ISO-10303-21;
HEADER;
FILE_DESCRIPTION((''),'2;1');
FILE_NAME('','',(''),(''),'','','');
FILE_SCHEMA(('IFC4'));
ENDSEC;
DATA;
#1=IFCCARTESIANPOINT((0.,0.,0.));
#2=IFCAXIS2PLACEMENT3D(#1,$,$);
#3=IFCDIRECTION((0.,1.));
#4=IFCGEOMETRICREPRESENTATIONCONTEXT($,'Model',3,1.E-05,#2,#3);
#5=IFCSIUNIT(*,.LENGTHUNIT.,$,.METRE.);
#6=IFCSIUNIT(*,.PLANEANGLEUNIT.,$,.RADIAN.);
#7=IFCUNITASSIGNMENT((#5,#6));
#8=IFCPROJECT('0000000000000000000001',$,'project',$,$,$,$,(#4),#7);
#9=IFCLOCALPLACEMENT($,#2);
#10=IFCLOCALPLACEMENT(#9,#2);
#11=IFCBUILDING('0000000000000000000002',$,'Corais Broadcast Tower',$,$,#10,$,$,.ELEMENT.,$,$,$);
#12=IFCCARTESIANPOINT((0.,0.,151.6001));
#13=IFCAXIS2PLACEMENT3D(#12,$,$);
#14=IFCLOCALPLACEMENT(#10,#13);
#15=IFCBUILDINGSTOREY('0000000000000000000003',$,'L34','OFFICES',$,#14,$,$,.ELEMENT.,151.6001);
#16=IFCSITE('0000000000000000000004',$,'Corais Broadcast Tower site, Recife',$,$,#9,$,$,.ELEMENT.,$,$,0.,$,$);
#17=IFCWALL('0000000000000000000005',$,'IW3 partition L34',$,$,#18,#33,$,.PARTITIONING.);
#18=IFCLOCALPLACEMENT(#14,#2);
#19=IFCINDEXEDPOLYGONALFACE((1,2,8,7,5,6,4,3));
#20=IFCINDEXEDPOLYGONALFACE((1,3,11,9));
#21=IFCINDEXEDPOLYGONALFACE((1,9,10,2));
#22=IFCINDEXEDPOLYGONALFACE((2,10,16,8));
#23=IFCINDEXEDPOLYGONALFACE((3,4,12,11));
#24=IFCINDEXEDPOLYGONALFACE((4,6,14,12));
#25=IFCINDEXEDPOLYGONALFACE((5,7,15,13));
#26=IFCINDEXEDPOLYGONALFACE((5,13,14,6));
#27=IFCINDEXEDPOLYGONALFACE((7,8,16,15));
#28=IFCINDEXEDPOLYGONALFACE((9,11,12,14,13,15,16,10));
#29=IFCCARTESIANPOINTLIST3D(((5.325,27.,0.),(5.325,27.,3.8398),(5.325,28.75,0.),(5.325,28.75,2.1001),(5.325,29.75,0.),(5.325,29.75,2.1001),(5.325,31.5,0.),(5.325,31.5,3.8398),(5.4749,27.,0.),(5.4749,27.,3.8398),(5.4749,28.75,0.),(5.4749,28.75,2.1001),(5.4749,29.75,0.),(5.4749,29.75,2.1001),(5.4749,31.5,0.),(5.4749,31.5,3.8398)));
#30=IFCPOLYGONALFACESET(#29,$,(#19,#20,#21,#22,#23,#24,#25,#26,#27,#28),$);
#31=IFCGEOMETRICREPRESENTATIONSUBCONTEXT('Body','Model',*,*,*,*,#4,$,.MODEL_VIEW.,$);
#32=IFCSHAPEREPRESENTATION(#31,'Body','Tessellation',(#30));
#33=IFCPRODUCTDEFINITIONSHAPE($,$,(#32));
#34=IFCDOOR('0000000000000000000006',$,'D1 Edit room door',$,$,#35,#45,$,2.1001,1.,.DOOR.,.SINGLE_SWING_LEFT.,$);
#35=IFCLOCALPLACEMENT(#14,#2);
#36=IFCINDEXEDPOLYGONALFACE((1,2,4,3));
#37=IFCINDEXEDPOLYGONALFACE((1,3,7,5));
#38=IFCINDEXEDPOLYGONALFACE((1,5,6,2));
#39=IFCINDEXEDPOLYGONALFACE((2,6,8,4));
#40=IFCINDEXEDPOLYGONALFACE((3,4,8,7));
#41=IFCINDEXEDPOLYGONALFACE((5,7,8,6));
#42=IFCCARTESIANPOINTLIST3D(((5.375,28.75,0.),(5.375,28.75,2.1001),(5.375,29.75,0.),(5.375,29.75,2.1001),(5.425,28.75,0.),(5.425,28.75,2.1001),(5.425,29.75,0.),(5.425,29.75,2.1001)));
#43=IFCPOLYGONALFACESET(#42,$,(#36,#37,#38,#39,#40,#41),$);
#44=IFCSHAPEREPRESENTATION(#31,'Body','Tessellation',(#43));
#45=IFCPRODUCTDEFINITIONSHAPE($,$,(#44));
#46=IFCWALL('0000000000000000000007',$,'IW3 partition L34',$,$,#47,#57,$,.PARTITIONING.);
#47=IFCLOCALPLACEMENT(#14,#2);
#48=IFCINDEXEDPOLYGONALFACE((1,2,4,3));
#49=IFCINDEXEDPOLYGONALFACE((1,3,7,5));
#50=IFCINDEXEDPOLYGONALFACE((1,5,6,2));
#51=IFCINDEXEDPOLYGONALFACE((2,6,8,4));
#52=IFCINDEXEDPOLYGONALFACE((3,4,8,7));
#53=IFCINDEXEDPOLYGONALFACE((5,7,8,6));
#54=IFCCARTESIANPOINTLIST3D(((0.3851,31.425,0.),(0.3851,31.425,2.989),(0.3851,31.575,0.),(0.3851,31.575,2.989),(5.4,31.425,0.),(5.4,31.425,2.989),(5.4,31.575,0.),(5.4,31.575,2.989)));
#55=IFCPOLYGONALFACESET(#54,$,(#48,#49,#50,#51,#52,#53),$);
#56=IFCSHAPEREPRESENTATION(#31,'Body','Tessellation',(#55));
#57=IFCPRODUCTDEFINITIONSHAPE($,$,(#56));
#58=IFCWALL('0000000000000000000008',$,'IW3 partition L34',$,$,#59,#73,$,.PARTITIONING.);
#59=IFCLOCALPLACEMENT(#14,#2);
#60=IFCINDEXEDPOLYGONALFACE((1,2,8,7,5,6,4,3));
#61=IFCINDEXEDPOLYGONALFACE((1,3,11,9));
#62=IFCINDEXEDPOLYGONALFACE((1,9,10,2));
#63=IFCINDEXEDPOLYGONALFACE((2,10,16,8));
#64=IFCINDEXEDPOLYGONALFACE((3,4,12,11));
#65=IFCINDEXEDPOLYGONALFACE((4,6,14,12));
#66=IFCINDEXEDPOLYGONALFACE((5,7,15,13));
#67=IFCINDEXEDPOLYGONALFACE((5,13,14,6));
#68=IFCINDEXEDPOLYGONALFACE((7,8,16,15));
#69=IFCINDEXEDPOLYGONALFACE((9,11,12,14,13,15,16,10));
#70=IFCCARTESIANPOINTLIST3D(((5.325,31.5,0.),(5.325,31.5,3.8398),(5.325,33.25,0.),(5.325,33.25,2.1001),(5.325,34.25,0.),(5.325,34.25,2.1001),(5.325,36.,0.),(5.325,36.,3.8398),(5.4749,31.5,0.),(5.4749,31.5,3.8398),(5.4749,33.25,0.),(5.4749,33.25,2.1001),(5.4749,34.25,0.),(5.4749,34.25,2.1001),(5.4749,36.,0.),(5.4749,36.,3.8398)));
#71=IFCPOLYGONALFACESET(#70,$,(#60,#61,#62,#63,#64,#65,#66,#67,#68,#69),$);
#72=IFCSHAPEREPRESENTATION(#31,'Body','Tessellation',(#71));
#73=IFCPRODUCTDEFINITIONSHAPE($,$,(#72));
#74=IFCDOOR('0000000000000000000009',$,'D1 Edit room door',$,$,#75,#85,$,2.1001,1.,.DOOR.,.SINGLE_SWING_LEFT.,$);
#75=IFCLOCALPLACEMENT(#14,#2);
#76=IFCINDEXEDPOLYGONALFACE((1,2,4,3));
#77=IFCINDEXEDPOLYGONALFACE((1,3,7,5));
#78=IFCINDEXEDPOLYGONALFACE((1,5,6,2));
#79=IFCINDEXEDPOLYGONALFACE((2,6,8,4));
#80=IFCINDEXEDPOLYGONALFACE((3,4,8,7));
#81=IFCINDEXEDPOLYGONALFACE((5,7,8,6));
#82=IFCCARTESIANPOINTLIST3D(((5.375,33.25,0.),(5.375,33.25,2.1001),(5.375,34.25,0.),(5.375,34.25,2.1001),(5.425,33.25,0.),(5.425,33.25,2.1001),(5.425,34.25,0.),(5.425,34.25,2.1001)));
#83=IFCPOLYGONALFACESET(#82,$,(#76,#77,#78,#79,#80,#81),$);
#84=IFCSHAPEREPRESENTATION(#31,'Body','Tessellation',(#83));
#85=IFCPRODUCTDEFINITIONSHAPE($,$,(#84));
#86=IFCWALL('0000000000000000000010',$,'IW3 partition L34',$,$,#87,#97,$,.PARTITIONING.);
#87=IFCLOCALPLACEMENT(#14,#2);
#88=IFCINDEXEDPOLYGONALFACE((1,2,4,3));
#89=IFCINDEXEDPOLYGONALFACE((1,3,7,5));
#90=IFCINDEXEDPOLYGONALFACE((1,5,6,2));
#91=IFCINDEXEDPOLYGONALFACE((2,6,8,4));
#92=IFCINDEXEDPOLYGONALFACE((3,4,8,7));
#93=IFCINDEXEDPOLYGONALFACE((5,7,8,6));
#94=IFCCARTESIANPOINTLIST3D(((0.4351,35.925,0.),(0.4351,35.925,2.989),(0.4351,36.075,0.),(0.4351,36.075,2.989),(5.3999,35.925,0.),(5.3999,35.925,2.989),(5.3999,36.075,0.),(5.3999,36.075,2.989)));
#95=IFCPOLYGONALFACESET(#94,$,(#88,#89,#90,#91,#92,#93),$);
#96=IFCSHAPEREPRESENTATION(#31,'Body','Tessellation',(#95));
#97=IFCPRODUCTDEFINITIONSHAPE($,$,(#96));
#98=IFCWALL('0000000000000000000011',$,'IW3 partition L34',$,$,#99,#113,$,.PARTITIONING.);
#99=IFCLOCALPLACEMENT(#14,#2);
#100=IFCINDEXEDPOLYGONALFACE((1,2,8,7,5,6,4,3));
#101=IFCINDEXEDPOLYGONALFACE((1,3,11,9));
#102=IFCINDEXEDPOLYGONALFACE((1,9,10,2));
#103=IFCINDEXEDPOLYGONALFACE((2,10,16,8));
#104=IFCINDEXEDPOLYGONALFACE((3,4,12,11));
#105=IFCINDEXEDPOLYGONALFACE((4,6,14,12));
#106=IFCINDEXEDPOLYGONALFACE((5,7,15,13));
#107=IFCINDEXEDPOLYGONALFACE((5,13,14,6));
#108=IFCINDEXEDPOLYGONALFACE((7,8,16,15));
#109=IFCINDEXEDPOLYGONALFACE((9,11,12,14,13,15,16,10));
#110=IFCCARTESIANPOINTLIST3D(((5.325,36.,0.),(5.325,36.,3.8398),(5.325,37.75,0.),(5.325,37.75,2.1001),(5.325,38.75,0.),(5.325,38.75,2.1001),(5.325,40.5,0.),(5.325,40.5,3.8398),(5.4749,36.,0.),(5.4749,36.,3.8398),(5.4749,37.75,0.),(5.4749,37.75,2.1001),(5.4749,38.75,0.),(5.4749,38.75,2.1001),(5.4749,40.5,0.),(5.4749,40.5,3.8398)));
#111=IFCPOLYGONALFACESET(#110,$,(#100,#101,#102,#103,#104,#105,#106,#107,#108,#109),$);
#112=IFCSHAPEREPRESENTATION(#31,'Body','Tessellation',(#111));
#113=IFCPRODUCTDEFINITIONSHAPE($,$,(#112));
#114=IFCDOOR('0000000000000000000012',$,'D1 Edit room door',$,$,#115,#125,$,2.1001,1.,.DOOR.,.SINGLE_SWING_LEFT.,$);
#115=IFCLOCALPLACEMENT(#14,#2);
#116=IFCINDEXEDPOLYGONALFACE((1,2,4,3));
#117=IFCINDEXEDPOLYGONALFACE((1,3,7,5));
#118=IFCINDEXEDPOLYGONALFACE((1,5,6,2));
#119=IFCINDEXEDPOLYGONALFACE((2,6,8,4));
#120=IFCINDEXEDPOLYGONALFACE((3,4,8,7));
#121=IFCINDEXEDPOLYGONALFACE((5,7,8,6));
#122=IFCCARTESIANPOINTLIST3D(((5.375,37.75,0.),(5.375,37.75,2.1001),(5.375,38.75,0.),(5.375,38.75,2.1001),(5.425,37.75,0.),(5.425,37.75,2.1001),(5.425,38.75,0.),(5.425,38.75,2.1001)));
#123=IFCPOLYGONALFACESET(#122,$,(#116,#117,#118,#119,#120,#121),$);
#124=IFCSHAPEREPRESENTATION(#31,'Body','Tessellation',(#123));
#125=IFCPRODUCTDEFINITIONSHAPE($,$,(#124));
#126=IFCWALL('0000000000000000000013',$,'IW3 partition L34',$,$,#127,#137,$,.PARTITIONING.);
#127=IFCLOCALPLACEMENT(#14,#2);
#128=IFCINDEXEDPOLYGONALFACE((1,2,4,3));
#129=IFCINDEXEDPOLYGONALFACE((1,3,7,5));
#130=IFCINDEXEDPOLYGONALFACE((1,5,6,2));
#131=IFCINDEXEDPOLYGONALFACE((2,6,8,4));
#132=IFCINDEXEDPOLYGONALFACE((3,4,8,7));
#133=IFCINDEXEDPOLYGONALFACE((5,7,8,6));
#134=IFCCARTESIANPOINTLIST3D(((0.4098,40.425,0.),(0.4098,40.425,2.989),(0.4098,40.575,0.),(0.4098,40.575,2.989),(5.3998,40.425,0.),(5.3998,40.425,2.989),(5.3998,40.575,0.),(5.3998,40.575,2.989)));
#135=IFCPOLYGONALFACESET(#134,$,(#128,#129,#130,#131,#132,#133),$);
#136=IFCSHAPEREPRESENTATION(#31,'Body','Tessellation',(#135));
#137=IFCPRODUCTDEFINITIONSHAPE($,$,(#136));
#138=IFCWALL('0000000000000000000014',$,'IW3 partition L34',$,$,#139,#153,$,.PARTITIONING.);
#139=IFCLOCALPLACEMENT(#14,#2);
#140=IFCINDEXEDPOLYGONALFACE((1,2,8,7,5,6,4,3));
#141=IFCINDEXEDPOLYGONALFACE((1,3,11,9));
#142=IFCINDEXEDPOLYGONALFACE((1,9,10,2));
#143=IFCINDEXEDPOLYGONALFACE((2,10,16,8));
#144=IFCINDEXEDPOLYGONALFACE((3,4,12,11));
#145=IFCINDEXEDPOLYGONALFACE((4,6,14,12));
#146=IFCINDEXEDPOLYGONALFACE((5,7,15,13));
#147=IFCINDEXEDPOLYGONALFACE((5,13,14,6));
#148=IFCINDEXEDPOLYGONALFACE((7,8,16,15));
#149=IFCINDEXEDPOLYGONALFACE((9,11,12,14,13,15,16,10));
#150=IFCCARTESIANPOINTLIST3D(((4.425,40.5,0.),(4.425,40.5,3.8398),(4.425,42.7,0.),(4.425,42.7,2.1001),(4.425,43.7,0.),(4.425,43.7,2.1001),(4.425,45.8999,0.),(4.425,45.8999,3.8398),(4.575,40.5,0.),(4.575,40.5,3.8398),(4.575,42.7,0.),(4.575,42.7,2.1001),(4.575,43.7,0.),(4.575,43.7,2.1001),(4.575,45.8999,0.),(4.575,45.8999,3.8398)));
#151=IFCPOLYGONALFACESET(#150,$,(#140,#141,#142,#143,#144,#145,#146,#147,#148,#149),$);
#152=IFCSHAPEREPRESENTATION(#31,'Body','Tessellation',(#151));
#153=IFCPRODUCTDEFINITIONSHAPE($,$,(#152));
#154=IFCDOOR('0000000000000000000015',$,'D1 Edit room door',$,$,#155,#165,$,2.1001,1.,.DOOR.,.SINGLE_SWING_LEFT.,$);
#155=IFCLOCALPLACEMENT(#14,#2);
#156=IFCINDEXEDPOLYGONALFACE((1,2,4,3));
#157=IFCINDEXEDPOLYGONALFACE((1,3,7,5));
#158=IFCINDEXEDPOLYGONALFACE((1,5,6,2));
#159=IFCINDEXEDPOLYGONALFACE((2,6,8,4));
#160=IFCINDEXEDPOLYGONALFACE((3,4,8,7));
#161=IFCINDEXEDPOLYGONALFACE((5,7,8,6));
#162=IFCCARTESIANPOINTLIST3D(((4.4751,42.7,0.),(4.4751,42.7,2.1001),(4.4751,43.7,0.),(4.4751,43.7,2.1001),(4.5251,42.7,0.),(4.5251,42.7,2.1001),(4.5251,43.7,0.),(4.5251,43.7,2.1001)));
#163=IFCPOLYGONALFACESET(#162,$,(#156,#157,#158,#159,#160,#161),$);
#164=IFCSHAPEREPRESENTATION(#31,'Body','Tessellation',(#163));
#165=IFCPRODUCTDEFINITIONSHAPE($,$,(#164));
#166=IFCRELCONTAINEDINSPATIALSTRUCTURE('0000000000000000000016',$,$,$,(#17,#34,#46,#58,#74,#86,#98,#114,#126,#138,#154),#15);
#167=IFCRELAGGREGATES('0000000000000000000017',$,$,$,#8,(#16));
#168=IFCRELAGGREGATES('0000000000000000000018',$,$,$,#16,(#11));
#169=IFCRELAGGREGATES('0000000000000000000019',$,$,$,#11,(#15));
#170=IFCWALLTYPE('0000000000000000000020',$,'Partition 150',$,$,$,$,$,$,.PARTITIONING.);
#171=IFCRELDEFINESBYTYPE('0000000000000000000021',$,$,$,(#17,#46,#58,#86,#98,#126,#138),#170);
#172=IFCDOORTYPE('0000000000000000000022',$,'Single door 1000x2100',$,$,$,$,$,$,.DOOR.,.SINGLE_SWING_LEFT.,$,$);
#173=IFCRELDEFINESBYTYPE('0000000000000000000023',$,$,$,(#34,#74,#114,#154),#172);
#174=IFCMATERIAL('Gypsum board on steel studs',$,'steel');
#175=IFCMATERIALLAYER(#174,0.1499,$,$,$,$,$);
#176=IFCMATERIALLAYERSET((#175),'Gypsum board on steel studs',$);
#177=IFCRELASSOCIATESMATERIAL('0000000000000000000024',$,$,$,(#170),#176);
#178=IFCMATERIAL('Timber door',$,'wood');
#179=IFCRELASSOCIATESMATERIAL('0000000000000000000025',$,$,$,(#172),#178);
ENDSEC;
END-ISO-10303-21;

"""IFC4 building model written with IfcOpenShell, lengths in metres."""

from ifc_helpers import new_model, si_unit, direction, frame, frame_2d, origin, place, context, subcontext, project, spatial, rectangle, extrude, material, layer, layer_set, type_object, element, fill, save


model = new_model("IFC4")

# Units and contexts
model_context = context("Model", 3, precision=1e-05, world=origin(), true_north=direction((0.0, 1.0)))
body_context = subcontext(model_context, "Body", "Model", "MODEL_VIEW")
ifc_project = project(units=[si_unit("LENGTHUNIT", "METRE"), si_unit("PLANEANGLEUNIT", "RADIAN")], contexts=[model_context])

# Site, building, storey
site_placement = place(None, origin())
site = spatial("IfcSite", under=ifc_project, at=site_placement, Name="Corais Broadcast Tower site, Recife", CompositionType="ELEMENT", RefElevation=0.0)
building_placement = place(site_placement, origin())
building = spatial("IfcBuilding", under=site, at=building_placement, Name="Corais Broadcast Tower", CompositionType="ELEMENT")
storey_placement = place(building_placement, frame((0.0, 0.0, 151.6001)))
storey = spatial("IfcBuildingStorey", under=building, at=storey_placement, Name="L34", Description="OFFICES", CompositionType="ELEMENT", Elevation=151.6001)

# Shared definitions
ifc_material_1 = material(Name="Gypsum board on steel studs", Category="steel")
ifc_layer_1 = layer(ifc_material_1, 0.1499)
ifc_layer_set_1 = layer_set([ifc_layer_1], Name="Gypsum board on steel studs")
wall_type_1 = type_object("IfcWallType", Name="Partition 150", PredefinedType="PARTITIONING", material=ifc_layer_set_1)
ifc_material_2 = material(Name="Timber door", Category="wood")
door_type_1 = type_object("IfcDoorType", Name="Single door 1000x2100", OperationType="SINGLE_SWING_LEFT", PredefinedType="DOOR", material=ifc_material_2)

# Wall, opening, door
wall_1_placement = place(storey_placement, frame((5.3999, 27.0, 0.0), z_axis=(0.0, 0.0, 1.0), x_axis=(0.0, 1.0, 0.0)))
wall_1 = element("IfcWall", 1, at=wall_1_placement, inside=storey, type_object=wall_type_1, Name="IW3 partition L34", PredefinedType="PARTITIONING", context=body_context, shape_type="SweptSolid", body=[
    extrude(rectangle(XDim=4.5, YDim=0.1499, at=frame_2d((2.25, 0.0))), origin(), (0.0, 0.0, 1.0), 3.8398),
])
opening_1_placement = place(wall_1_placement, frame((1.75, 0.0, 0.0)))
opening_1 = element("IfcOpeningElement", 2, at=opening_1_placement, cuts=wall_1, PredefinedType="OPENING", context=body_context, shape_type="SweptSolid", body=[
    extrude(rectangle(XDim=1.0, YDim=2.1001, at=frame_2d((0.5, 1.05))), frame((0.0, 0.085, 0.0), z_axis=(0.0, -1.0, 0.0), x_axis=(1.0, 0.0, 0.0)), (0.0, 0.0, 1.0), 0.1699),
])
door_1_placement = place(opening_1_placement, origin())
door_1 = element("IfcDoor", 3, at=door_1_placement, inside=storey, type_object=door_type_1, Name="D1 Edit room door", OperationType="SINGLE_SWING_LEFT", OverallHeight=2.1001, OverallWidth=1.0, PredefinedType="DOOR", context=body_context, shape_type="SweptSolid", body=[
    extrude(rectangle(XDim=1.0, YDim=2.1001, at=frame_2d((0.5, 1.05))), frame((0.0, 0.0249, 0.0), z_axis=(0.0, -1.0, 0.0), x_axis=(1.0, 0.0, 0.0)), (0.0, 0.0, 1.0), 0.05),
])
fill(opening_1, door_1)

# Wall
wall_2_placement = place(storey_placement, frame((5.3999, 31.5, 0.0), z_axis=(0.0, 0.0, 1.0), x_axis=(-1.0, 0.0, 0.0)))
element("IfcWall", 4, at=wall_2_placement, inside=storey, type_object=wall_type_1, Name="IW3 partition L34", PredefinedType="PARTITIONING", context=body_context, shape_type="SweptSolid", body=[
    extrude(rectangle(XDim=5.0149, YDim=0.1499, at=frame_2d((2.5073, 0.0))), origin(), (0.0, 0.0, 1.0), 2.989),
])

# Wall, opening, door
wall_3_placement = place(storey_placement, frame((5.3999, 31.5, 0.0), z_axis=(0.0, 0.0, 1.0), x_axis=(0.0, 1.0, 0.0)))
wall_3 = element("IfcWall", 5, at=wall_3_placement, inside=storey, type_object=wall_type_1, Name="IW3 partition L34", PredefinedType="PARTITIONING", context=body_context, shape_type="SweptSolid", body=[
    extrude(rectangle(XDim=4.5, YDim=0.1499, at=frame_2d((2.25, 0.0))), origin(), (0.0, 0.0, 1.0), 3.8398),
])
opening_2_placement = place(wall_3_placement, frame((1.75, 0.0, 0.0)))
opening_2 = element("IfcOpeningElement", 6, at=opening_2_placement, cuts=wall_3, PredefinedType="OPENING", context=body_context, shape_type="SweptSolid", body=[
    extrude(rectangle(XDim=1.0, YDim=2.1001, at=frame_2d((0.5, 1.05))), frame((0.0, 0.085, 0.0), z_axis=(0.0, -1.0, 0.0), x_axis=(1.0, 0.0, 0.0)), (0.0, 0.0, 1.0), 0.1699),
])
door_2_placement = place(opening_2_placement, origin())
door_2 = element("IfcDoor", 7, at=door_2_placement, inside=storey, type_object=door_type_1, Name="D1 Edit room door", OperationType="SINGLE_SWING_LEFT", OverallHeight=2.1001, OverallWidth=1.0, PredefinedType="DOOR", context=body_context, shape_type="SweptSolid", body=[
    extrude(rectangle(XDim=1.0, YDim=2.1001, at=frame_2d((0.5, 1.05))), frame((0.0, 0.0249, 0.0), z_axis=(0.0, -1.0, 0.0), x_axis=(1.0, 0.0, 0.0)), (0.0, 0.0, 1.0), 0.05),
])
fill(opening_2, door_2)

# Wall
wall_4_placement = place(storey_placement, frame((5.3999, 36.0, 0.0), z_axis=(0.0, 0.0, 1.0), x_axis=(-1.0, 0.0, 0.0)))
element("IfcWall", 8, at=wall_4_placement, inside=storey, type_object=wall_type_1, Name="IW3 partition L34", PredefinedType="PARTITIONING", context=body_context, shape_type="SweptSolid", body=[
    extrude(rectangle(XDim=4.9648, YDim=0.1499, at=frame_2d((2.4824, 0.0))), origin(), (0.0, 0.0, 1.0), 2.989),
])

# Wall, opening, door
wall_5_placement = place(storey_placement, frame((5.3999, 36.0, 0.0), z_axis=(0.0, 0.0, 1.0), x_axis=(0.0, 1.0, 0.0)))
wall_5 = element("IfcWall", 9, at=wall_5_placement, inside=storey, type_object=wall_type_1, Name="IW3 partition L34", PredefinedType="PARTITIONING", context=body_context, shape_type="SweptSolid", body=[
    extrude(rectangle(XDim=4.5, YDim=0.1499, at=frame_2d((2.25, 0.0))), origin(), (0.0, 0.0, 1.0), 3.8398),
])
opening_3_placement = place(wall_5_placement, frame((1.75, 0.0, 0.0)))
opening_3 = element("IfcOpeningElement", 10, at=opening_3_placement, cuts=wall_5, PredefinedType="OPENING", context=body_context, shape_type="SweptSolid", body=[
    extrude(rectangle(XDim=1.0, YDim=2.1001, at=frame_2d((0.5, 1.05))), frame((0.0, 0.085, 0.0), z_axis=(0.0, -1.0, 0.0), x_axis=(1.0, 0.0, 0.0)), (0.0, 0.0, 1.0), 0.1699),
])
door_3_placement = place(opening_3_placement, origin())
door_3 = element("IfcDoor", 11, at=door_3_placement, inside=storey, type_object=door_type_1, Name="D1 Edit room door", OperationType="SINGLE_SWING_LEFT", OverallHeight=2.1001, OverallWidth=1.0, PredefinedType="DOOR", context=body_context, shape_type="SweptSolid", body=[
    extrude(rectangle(XDim=1.0, YDim=2.1001, at=frame_2d((0.5, 1.05))), frame((0.0, 0.0249, 0.0), z_axis=(0.0, -1.0, 0.0), x_axis=(1.0, 0.0, 0.0)), (0.0, 0.0, 1.0), 0.05),
])
fill(opening_3, door_3)

# Wall
wall_6_placement = place(storey_placement, frame((5.3999, 40.5, 0.0), z_axis=(0.0, 0.0, 1.0), x_axis=(-1.0, 0.0, 0.0)))
element("IfcWall", 12, at=wall_6_placement, inside=storey, type_object=wall_type_1, Name="IW3 partition L34", PredefinedType="PARTITIONING", context=body_context, shape_type="SweptSolid", body=[
    extrude(rectangle(XDim=4.99, YDim=0.1499, at=frame_2d((2.4951, 0.0))), origin(), (0.0, 0.0, 1.0), 2.989),
])

# Wall, opening, door
wall_7_placement = place(storey_placement, frame((4.5, 40.5, 0.0), z_axis=(0.0, 0.0, 1.0), x_axis=(0.0, 1.0, 0.0)))
wall_7 = element("IfcWall", 13, at=wall_7_placement, inside=storey, type_object=wall_type_1, Name="IW3 partition L34", PredefinedType="PARTITIONING", context=body_context, shape_type="SweptSolid", body=[
    extrude(rectangle(XDim=5.3999, YDim=0.1499, at=frame_2d((2.7, 0.0))), origin(), (0.0, 0.0, 1.0), 3.8398),
])
opening_4_placement = place(wall_7_placement, frame((2.2, 0.0, 0.0)))
opening_4 = element("IfcOpeningElement", 14, at=opening_4_placement, cuts=wall_7, PredefinedType="OPENING", context=body_context, shape_type="SweptSolid", body=[
    extrude(rectangle(XDim=1.0, YDim=2.1001, at=frame_2d((0.5, 1.05))), frame((0.0, 0.085, 0.0), z_axis=(0.0, -1.0, 0.0), x_axis=(1.0, 0.0, 0.0)), (0.0, 0.0, 1.0), 0.1699),
])
door_4_placement = place(opening_4_placement, origin())
door_4 = element("IfcDoor", 15, at=door_4_placement, inside=storey, type_object=door_type_1, Name="D1 Edit room door", OperationType="SINGLE_SWING_LEFT", OverallHeight=2.1001, OverallWidth=1.0, PredefinedType="DOOR", context=body_context, shape_type="SweptSolid", body=[
    extrude(rectangle(XDim=1.0, YDim=2.1001, at=frame_2d((0.5, 1.05))), frame((0.0, 0.0249, 0.0), z_axis=(0.0, -1.0, 0.0), x_axis=(1.0, 0.0, 0.0)), (0.0, 0.0, 1.0), 0.05),
])
fill(opening_4, door_4)

save(model, "model.ifc")
